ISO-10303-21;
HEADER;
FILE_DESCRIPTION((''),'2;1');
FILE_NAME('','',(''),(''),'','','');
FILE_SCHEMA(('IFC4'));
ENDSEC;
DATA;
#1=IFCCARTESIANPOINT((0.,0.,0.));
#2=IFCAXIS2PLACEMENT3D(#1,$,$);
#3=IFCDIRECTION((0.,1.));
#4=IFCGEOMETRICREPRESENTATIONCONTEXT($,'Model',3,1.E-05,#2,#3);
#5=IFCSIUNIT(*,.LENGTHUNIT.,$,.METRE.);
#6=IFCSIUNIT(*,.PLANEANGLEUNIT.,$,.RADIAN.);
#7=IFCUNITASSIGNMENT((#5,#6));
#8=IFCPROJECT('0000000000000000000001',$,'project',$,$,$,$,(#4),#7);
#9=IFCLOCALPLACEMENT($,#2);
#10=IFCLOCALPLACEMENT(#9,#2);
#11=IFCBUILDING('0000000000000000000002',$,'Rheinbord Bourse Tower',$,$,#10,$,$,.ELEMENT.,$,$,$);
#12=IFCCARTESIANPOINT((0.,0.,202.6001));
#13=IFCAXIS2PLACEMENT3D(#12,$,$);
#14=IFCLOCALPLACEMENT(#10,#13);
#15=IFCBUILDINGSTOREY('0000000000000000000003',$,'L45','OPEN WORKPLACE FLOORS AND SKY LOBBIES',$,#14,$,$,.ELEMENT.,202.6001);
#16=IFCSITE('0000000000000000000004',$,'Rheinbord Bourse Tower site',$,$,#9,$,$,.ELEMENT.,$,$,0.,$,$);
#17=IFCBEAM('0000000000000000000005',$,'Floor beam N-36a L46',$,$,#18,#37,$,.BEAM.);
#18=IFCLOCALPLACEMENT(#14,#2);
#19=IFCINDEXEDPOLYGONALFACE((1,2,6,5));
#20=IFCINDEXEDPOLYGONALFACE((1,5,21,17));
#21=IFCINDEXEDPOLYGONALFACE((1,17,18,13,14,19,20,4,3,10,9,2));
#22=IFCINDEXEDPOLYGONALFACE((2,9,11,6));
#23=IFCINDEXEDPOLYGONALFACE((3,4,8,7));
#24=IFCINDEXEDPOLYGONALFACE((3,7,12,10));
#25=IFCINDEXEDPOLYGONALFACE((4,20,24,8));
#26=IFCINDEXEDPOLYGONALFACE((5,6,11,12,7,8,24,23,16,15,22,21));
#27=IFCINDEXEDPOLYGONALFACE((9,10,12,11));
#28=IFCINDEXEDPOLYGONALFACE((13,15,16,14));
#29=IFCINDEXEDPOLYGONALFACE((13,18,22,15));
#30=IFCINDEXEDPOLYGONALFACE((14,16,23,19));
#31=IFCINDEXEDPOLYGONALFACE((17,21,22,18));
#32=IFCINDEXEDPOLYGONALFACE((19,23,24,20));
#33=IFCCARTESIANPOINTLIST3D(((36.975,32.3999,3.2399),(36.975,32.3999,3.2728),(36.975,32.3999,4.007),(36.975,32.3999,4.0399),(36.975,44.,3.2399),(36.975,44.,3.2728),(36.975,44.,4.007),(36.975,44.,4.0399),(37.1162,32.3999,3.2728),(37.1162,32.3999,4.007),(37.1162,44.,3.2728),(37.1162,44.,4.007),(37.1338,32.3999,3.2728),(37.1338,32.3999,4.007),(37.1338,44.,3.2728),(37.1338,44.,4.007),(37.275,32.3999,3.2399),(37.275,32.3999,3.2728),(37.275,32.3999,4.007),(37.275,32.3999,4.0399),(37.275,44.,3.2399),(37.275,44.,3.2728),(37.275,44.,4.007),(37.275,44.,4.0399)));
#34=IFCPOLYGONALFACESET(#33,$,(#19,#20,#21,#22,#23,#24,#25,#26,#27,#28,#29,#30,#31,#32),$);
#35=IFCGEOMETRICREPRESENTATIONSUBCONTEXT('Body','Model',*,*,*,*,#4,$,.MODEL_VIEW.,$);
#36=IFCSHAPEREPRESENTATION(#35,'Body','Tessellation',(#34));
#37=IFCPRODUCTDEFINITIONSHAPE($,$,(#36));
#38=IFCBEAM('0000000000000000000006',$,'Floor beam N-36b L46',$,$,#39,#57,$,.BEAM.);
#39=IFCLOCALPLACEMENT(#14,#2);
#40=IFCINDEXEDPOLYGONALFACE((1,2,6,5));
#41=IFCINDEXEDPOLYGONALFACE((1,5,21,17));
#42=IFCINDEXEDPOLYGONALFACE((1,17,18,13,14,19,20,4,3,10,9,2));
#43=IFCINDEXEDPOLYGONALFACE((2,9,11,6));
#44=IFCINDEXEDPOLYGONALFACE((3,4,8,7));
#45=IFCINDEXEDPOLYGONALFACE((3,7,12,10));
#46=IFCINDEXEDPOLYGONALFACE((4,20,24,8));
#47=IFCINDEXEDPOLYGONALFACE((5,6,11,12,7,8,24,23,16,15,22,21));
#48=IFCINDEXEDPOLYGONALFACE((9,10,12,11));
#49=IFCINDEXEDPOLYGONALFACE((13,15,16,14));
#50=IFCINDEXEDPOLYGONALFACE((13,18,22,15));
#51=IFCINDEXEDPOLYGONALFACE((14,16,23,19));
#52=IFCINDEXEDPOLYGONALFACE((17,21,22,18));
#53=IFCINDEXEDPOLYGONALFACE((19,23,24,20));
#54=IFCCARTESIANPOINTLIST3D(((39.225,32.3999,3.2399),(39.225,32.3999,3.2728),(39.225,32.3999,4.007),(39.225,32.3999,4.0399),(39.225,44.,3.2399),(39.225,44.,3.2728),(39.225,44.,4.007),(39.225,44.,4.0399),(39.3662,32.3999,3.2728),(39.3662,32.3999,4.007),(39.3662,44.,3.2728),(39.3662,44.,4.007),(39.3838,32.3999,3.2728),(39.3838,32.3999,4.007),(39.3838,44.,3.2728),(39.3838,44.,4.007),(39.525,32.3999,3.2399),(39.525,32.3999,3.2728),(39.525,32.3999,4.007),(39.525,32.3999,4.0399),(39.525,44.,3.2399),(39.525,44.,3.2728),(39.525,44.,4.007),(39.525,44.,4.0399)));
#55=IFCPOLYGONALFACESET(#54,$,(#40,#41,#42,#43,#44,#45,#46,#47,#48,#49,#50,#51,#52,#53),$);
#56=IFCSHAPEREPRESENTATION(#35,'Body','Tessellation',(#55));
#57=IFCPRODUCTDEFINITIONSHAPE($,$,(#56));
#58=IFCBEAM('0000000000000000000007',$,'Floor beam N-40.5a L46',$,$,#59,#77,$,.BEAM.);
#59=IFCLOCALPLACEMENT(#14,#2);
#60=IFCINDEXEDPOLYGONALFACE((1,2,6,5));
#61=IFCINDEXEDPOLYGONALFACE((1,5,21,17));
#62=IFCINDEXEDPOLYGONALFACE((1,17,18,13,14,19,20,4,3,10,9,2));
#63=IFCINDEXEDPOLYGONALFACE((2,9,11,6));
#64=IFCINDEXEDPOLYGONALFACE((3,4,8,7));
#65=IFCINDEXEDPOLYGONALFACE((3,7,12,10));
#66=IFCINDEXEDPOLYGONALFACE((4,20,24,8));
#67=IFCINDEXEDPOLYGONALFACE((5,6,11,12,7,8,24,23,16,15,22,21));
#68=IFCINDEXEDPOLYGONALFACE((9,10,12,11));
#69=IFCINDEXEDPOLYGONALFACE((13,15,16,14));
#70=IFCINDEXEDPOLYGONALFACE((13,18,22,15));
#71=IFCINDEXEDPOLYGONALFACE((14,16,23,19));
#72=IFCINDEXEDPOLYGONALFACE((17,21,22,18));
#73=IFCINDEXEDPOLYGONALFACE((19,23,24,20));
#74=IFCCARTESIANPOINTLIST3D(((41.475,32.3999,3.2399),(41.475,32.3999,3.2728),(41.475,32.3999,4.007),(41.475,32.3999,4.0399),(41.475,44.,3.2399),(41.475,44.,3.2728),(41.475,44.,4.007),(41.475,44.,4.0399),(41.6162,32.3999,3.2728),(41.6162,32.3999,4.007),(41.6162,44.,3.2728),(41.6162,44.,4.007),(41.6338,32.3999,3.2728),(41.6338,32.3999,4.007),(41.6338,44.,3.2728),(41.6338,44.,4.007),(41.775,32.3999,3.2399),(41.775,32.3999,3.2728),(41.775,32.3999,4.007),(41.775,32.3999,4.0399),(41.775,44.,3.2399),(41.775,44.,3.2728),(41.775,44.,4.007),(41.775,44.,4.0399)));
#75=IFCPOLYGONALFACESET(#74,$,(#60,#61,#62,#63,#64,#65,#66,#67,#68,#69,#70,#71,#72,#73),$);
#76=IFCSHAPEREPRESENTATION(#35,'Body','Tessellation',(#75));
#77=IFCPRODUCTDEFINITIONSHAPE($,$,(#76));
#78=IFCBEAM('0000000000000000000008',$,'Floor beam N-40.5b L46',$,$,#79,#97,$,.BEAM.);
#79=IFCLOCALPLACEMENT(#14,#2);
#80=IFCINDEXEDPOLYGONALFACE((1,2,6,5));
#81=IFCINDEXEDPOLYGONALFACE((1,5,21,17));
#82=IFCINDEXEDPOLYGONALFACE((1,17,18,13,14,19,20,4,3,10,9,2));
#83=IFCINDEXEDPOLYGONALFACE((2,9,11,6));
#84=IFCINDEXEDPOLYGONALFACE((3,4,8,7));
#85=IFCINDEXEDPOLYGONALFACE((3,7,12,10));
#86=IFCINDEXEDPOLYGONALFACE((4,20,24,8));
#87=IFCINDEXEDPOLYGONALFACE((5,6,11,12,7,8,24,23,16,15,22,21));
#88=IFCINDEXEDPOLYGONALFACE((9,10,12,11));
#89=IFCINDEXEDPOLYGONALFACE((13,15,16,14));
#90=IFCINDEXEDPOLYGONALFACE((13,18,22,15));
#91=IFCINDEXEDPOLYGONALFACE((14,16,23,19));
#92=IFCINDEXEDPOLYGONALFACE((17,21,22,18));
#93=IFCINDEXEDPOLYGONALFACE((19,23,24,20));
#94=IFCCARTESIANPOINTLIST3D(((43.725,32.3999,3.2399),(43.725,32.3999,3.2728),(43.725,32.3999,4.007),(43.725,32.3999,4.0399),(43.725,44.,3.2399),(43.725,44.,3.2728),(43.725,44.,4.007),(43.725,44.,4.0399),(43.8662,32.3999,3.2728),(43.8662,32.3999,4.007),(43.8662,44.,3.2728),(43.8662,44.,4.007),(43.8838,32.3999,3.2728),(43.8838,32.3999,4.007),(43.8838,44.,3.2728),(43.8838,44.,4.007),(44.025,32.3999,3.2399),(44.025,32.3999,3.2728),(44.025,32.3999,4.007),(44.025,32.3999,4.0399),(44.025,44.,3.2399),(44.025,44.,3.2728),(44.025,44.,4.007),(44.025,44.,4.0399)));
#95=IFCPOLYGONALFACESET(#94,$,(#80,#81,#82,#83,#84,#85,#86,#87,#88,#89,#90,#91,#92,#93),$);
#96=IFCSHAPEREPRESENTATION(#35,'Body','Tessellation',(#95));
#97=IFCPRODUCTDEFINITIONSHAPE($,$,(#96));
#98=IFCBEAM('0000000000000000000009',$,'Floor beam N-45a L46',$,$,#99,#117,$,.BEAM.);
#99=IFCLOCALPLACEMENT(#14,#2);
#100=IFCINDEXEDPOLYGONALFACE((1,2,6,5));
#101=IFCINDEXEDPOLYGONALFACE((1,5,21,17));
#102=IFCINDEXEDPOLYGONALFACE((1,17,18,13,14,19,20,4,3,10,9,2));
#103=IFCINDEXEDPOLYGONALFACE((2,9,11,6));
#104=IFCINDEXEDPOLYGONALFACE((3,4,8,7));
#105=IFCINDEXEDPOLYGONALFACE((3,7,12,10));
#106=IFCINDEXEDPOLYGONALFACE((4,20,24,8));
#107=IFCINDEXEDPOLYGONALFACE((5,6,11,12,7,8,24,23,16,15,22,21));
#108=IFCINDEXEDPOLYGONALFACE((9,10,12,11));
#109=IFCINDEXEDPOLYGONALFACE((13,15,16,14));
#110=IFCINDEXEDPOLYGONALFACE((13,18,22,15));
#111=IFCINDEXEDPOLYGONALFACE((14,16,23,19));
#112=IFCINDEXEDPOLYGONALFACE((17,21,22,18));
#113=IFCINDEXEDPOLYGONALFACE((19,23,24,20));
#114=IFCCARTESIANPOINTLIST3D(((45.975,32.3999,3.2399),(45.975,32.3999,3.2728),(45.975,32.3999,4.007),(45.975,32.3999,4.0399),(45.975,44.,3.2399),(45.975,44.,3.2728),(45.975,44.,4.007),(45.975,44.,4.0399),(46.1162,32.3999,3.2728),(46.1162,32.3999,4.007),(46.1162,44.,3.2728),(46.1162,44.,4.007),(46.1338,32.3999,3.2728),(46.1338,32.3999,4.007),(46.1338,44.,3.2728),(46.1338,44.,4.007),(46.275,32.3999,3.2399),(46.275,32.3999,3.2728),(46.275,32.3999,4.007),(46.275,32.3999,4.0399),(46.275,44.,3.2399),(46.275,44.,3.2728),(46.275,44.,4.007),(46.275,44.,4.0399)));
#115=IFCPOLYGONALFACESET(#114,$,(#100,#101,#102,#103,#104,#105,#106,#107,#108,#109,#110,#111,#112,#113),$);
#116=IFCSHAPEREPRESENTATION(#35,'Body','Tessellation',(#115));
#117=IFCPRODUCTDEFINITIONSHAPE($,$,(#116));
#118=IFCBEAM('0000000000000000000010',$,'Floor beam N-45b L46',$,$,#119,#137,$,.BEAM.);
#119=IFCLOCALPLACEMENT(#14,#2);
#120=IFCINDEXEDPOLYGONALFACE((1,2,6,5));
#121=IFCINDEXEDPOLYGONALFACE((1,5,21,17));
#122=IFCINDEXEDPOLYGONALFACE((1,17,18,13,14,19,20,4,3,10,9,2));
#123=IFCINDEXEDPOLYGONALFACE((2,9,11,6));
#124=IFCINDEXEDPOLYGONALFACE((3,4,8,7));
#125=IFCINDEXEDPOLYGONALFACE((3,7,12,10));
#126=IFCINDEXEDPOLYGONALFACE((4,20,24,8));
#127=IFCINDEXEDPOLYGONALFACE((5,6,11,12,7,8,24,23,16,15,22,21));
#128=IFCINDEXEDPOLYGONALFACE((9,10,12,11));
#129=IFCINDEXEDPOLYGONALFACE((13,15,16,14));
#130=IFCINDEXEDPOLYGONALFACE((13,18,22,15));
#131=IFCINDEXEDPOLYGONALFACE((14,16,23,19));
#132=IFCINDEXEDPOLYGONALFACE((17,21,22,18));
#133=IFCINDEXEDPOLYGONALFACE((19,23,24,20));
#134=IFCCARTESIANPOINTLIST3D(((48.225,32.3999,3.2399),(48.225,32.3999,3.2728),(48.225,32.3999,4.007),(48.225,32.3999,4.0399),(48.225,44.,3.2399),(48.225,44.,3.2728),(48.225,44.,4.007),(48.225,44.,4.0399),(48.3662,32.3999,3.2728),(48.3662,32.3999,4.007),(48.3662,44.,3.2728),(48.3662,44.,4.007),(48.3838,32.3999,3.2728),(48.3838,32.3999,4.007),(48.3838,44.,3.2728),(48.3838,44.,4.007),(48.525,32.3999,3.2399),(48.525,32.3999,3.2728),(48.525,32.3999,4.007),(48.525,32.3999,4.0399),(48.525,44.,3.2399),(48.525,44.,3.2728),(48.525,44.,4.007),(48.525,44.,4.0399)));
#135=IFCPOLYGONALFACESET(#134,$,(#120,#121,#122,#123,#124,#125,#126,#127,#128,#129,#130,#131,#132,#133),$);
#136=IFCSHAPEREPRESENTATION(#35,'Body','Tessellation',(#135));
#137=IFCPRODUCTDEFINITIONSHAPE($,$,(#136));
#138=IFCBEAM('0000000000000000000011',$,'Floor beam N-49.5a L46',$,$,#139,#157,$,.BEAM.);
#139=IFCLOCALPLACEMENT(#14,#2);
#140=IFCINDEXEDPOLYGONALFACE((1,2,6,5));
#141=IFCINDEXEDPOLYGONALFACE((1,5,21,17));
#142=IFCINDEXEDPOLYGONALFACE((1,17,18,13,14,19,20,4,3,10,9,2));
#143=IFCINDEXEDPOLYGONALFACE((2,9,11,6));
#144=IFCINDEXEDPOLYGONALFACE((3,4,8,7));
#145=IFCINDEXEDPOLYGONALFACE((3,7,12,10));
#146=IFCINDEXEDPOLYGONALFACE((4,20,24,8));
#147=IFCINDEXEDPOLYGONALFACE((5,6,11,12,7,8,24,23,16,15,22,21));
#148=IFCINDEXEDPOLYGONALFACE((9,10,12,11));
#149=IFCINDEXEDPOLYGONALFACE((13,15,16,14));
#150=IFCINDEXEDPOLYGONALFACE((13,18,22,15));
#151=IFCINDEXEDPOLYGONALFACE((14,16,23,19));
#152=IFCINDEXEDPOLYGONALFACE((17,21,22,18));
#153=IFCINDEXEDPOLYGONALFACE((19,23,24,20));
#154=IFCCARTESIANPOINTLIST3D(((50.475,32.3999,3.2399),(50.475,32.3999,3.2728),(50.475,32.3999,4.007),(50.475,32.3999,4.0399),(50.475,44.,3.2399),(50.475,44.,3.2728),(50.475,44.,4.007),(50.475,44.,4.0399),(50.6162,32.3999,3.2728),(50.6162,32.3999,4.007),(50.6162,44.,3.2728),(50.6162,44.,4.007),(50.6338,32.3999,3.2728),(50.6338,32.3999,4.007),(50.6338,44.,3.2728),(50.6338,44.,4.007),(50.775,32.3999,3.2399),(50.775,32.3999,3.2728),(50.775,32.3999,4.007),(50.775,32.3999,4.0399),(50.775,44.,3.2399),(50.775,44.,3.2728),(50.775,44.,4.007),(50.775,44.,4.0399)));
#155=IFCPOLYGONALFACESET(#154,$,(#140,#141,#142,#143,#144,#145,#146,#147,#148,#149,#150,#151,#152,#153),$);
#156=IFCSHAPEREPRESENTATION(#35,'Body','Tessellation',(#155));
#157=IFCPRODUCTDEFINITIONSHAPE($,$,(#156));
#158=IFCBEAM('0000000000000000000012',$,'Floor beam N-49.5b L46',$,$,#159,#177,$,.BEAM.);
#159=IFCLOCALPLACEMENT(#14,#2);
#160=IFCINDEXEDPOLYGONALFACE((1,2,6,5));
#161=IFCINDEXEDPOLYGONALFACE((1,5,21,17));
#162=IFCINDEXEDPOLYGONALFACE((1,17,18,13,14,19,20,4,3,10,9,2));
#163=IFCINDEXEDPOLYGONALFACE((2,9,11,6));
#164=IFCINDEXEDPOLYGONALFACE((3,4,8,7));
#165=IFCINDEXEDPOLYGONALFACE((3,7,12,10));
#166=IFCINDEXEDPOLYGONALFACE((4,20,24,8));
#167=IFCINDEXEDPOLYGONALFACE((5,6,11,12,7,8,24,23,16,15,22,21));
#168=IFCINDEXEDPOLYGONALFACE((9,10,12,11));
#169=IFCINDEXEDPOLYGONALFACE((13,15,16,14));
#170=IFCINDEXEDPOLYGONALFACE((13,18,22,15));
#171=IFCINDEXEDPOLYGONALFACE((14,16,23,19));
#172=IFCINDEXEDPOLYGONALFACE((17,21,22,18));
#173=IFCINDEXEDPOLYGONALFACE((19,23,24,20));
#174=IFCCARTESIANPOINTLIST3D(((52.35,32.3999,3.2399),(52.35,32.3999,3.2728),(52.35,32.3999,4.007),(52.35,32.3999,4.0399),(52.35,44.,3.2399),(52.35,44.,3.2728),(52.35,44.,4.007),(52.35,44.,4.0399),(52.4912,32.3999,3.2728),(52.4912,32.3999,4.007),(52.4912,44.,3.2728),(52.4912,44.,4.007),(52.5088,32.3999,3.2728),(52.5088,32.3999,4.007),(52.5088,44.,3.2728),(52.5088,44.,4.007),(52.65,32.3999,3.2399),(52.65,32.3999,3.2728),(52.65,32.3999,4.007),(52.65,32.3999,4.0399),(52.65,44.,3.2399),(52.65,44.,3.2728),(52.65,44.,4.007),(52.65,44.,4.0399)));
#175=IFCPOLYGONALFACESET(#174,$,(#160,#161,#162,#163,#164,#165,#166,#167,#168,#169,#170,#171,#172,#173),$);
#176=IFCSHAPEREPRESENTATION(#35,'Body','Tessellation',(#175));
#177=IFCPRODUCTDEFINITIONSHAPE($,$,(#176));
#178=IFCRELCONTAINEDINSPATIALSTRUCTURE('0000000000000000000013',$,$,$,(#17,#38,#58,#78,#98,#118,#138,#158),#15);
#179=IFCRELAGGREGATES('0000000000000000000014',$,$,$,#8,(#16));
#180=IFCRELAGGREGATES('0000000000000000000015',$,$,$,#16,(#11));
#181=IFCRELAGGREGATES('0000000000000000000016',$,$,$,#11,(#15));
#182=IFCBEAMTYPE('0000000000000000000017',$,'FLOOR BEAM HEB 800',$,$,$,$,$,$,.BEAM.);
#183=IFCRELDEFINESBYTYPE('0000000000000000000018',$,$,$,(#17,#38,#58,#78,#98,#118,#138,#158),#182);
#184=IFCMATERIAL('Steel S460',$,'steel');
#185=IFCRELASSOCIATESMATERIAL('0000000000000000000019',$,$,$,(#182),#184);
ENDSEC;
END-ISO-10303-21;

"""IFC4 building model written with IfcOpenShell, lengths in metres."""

from ifc_helpers import new_model, si_unit, direction, frame, origin, origin_2d, place, context, subcontext, project, spatial, i_section, extrude, material, material_profile, profile_set, type_object, element, save


model = new_model("IFC4")

# Units and contexts
model_context = context("Model", 3, precision=1e-05, world=origin(), true_north=direction((0.0, 1.0)))
body_context = subcontext(model_context, "Body", "Model", "MODEL_VIEW")
ifc_project = project(units=[si_unit("LENGTHUNIT", "METRE"), si_unit("PLANEANGLEUNIT", "RADIAN")], contexts=[model_context])

# Site, building, storey
site_placement = place(None, origin())
site = spatial("IfcSite", under=ifc_project, at=site_placement, Name="Rheinbord Bourse Tower site", CompositionType="ELEMENT", RefElevation=0.0)
building_placement = place(site_placement, origin())
building = spatial("IfcBuilding", under=site, at=building_placement, Name="Rheinbord Bourse Tower", CompositionType="ELEMENT")
storey_placement = place(building_placement, frame((0.0, 0.0, 202.6001)))
storey = spatial("IfcBuildingStorey", under=building, at=storey_placement, Name="L45", Description="OPEN WORKPLACE FLOORS AND SKY LOBBIES", CompositionType="ELEMENT", Elevation=202.6001)

# Beams
ifc_material_1 = material(Name="Steel S460", Category="steel")
ifc_material_profile_1 = material_profile(ifc_material_1, i_section(OverallWidth=0.3, OverallDepth=0.8, WebThickness=0.0176, FlangeThickness=0.033, at=origin_2d()), Name="HEB 800")
ifc_profile_set_1 = profile_set([ifc_material_profile_1], Name="Steel S460")
beam_type_1 = type_object("IfcBeamType", Name="FLOOR BEAM HEB 800", PredefinedType="BEAM", material=ifc_profile_set_1)
for number, where, z_axis, x_axis, name in (
    (1, (37.125, 44.0, 3.6399), (0.0, -1.0, 0.0), (1.0, 0.0, 0.0), "Floor beam N-36a L46"),
    (2, (39.375, 44.0, 3.6399), (0.0, -1.0, 0.0), (1.0, 0.0, 0.0), "Floor beam N-36b L46"),
    (3, (41.625, 44.0, 3.6399), (0.0, -1.0, 0.0), (1.0, 0.0, 0.0), "Floor beam N-40.5a L46"),
    (4, (43.875, 44.0, 3.6399), (0.0, -1.0, 0.0), (1.0, 0.0, 0.0), "Floor beam N-40.5b L46"),
    (5, (46.125, 44.0, 3.6399), (0.0, -1.0, 0.0), (1.0, 0.0, 0.0), "Floor beam N-45a L46"),
    (6, (48.375, 44.0, 3.6399), (0.0, -1.0, 0.0), (1.0, 0.0, 0.0), "Floor beam N-45b L46"),
    (7, (50.625, 44.0, 3.6399), (0.0, -1.0, 0.0), (1.0, 0.0, 0.0), "Floor beam N-49.5a L46"),
    (8, (52.5, 44.0, 3.6399), (0.0, -1.0, 0.0), (1.0, 0.0, 0.0), "Floor beam N-49.5b L46"),
):
    element("IfcBeam", number, at=place(storey_placement, frame(where, z_axis=z_axis, x_axis=x_axis)), inside=storey, type_object=beam_type_1, Name=name, PredefinedType="BEAM", context=body_context, shape_type="SweptSolid", body=[
        extrude(i_section(OverallWidth=0.3, OverallDepth=0.8, WebThickness=0.0176, FlangeThickness=0.033, at=origin_2d()), origin(), (0.0, 0.0, 1.0), 11.6001),
    ])

save(model, "model.ifc")
